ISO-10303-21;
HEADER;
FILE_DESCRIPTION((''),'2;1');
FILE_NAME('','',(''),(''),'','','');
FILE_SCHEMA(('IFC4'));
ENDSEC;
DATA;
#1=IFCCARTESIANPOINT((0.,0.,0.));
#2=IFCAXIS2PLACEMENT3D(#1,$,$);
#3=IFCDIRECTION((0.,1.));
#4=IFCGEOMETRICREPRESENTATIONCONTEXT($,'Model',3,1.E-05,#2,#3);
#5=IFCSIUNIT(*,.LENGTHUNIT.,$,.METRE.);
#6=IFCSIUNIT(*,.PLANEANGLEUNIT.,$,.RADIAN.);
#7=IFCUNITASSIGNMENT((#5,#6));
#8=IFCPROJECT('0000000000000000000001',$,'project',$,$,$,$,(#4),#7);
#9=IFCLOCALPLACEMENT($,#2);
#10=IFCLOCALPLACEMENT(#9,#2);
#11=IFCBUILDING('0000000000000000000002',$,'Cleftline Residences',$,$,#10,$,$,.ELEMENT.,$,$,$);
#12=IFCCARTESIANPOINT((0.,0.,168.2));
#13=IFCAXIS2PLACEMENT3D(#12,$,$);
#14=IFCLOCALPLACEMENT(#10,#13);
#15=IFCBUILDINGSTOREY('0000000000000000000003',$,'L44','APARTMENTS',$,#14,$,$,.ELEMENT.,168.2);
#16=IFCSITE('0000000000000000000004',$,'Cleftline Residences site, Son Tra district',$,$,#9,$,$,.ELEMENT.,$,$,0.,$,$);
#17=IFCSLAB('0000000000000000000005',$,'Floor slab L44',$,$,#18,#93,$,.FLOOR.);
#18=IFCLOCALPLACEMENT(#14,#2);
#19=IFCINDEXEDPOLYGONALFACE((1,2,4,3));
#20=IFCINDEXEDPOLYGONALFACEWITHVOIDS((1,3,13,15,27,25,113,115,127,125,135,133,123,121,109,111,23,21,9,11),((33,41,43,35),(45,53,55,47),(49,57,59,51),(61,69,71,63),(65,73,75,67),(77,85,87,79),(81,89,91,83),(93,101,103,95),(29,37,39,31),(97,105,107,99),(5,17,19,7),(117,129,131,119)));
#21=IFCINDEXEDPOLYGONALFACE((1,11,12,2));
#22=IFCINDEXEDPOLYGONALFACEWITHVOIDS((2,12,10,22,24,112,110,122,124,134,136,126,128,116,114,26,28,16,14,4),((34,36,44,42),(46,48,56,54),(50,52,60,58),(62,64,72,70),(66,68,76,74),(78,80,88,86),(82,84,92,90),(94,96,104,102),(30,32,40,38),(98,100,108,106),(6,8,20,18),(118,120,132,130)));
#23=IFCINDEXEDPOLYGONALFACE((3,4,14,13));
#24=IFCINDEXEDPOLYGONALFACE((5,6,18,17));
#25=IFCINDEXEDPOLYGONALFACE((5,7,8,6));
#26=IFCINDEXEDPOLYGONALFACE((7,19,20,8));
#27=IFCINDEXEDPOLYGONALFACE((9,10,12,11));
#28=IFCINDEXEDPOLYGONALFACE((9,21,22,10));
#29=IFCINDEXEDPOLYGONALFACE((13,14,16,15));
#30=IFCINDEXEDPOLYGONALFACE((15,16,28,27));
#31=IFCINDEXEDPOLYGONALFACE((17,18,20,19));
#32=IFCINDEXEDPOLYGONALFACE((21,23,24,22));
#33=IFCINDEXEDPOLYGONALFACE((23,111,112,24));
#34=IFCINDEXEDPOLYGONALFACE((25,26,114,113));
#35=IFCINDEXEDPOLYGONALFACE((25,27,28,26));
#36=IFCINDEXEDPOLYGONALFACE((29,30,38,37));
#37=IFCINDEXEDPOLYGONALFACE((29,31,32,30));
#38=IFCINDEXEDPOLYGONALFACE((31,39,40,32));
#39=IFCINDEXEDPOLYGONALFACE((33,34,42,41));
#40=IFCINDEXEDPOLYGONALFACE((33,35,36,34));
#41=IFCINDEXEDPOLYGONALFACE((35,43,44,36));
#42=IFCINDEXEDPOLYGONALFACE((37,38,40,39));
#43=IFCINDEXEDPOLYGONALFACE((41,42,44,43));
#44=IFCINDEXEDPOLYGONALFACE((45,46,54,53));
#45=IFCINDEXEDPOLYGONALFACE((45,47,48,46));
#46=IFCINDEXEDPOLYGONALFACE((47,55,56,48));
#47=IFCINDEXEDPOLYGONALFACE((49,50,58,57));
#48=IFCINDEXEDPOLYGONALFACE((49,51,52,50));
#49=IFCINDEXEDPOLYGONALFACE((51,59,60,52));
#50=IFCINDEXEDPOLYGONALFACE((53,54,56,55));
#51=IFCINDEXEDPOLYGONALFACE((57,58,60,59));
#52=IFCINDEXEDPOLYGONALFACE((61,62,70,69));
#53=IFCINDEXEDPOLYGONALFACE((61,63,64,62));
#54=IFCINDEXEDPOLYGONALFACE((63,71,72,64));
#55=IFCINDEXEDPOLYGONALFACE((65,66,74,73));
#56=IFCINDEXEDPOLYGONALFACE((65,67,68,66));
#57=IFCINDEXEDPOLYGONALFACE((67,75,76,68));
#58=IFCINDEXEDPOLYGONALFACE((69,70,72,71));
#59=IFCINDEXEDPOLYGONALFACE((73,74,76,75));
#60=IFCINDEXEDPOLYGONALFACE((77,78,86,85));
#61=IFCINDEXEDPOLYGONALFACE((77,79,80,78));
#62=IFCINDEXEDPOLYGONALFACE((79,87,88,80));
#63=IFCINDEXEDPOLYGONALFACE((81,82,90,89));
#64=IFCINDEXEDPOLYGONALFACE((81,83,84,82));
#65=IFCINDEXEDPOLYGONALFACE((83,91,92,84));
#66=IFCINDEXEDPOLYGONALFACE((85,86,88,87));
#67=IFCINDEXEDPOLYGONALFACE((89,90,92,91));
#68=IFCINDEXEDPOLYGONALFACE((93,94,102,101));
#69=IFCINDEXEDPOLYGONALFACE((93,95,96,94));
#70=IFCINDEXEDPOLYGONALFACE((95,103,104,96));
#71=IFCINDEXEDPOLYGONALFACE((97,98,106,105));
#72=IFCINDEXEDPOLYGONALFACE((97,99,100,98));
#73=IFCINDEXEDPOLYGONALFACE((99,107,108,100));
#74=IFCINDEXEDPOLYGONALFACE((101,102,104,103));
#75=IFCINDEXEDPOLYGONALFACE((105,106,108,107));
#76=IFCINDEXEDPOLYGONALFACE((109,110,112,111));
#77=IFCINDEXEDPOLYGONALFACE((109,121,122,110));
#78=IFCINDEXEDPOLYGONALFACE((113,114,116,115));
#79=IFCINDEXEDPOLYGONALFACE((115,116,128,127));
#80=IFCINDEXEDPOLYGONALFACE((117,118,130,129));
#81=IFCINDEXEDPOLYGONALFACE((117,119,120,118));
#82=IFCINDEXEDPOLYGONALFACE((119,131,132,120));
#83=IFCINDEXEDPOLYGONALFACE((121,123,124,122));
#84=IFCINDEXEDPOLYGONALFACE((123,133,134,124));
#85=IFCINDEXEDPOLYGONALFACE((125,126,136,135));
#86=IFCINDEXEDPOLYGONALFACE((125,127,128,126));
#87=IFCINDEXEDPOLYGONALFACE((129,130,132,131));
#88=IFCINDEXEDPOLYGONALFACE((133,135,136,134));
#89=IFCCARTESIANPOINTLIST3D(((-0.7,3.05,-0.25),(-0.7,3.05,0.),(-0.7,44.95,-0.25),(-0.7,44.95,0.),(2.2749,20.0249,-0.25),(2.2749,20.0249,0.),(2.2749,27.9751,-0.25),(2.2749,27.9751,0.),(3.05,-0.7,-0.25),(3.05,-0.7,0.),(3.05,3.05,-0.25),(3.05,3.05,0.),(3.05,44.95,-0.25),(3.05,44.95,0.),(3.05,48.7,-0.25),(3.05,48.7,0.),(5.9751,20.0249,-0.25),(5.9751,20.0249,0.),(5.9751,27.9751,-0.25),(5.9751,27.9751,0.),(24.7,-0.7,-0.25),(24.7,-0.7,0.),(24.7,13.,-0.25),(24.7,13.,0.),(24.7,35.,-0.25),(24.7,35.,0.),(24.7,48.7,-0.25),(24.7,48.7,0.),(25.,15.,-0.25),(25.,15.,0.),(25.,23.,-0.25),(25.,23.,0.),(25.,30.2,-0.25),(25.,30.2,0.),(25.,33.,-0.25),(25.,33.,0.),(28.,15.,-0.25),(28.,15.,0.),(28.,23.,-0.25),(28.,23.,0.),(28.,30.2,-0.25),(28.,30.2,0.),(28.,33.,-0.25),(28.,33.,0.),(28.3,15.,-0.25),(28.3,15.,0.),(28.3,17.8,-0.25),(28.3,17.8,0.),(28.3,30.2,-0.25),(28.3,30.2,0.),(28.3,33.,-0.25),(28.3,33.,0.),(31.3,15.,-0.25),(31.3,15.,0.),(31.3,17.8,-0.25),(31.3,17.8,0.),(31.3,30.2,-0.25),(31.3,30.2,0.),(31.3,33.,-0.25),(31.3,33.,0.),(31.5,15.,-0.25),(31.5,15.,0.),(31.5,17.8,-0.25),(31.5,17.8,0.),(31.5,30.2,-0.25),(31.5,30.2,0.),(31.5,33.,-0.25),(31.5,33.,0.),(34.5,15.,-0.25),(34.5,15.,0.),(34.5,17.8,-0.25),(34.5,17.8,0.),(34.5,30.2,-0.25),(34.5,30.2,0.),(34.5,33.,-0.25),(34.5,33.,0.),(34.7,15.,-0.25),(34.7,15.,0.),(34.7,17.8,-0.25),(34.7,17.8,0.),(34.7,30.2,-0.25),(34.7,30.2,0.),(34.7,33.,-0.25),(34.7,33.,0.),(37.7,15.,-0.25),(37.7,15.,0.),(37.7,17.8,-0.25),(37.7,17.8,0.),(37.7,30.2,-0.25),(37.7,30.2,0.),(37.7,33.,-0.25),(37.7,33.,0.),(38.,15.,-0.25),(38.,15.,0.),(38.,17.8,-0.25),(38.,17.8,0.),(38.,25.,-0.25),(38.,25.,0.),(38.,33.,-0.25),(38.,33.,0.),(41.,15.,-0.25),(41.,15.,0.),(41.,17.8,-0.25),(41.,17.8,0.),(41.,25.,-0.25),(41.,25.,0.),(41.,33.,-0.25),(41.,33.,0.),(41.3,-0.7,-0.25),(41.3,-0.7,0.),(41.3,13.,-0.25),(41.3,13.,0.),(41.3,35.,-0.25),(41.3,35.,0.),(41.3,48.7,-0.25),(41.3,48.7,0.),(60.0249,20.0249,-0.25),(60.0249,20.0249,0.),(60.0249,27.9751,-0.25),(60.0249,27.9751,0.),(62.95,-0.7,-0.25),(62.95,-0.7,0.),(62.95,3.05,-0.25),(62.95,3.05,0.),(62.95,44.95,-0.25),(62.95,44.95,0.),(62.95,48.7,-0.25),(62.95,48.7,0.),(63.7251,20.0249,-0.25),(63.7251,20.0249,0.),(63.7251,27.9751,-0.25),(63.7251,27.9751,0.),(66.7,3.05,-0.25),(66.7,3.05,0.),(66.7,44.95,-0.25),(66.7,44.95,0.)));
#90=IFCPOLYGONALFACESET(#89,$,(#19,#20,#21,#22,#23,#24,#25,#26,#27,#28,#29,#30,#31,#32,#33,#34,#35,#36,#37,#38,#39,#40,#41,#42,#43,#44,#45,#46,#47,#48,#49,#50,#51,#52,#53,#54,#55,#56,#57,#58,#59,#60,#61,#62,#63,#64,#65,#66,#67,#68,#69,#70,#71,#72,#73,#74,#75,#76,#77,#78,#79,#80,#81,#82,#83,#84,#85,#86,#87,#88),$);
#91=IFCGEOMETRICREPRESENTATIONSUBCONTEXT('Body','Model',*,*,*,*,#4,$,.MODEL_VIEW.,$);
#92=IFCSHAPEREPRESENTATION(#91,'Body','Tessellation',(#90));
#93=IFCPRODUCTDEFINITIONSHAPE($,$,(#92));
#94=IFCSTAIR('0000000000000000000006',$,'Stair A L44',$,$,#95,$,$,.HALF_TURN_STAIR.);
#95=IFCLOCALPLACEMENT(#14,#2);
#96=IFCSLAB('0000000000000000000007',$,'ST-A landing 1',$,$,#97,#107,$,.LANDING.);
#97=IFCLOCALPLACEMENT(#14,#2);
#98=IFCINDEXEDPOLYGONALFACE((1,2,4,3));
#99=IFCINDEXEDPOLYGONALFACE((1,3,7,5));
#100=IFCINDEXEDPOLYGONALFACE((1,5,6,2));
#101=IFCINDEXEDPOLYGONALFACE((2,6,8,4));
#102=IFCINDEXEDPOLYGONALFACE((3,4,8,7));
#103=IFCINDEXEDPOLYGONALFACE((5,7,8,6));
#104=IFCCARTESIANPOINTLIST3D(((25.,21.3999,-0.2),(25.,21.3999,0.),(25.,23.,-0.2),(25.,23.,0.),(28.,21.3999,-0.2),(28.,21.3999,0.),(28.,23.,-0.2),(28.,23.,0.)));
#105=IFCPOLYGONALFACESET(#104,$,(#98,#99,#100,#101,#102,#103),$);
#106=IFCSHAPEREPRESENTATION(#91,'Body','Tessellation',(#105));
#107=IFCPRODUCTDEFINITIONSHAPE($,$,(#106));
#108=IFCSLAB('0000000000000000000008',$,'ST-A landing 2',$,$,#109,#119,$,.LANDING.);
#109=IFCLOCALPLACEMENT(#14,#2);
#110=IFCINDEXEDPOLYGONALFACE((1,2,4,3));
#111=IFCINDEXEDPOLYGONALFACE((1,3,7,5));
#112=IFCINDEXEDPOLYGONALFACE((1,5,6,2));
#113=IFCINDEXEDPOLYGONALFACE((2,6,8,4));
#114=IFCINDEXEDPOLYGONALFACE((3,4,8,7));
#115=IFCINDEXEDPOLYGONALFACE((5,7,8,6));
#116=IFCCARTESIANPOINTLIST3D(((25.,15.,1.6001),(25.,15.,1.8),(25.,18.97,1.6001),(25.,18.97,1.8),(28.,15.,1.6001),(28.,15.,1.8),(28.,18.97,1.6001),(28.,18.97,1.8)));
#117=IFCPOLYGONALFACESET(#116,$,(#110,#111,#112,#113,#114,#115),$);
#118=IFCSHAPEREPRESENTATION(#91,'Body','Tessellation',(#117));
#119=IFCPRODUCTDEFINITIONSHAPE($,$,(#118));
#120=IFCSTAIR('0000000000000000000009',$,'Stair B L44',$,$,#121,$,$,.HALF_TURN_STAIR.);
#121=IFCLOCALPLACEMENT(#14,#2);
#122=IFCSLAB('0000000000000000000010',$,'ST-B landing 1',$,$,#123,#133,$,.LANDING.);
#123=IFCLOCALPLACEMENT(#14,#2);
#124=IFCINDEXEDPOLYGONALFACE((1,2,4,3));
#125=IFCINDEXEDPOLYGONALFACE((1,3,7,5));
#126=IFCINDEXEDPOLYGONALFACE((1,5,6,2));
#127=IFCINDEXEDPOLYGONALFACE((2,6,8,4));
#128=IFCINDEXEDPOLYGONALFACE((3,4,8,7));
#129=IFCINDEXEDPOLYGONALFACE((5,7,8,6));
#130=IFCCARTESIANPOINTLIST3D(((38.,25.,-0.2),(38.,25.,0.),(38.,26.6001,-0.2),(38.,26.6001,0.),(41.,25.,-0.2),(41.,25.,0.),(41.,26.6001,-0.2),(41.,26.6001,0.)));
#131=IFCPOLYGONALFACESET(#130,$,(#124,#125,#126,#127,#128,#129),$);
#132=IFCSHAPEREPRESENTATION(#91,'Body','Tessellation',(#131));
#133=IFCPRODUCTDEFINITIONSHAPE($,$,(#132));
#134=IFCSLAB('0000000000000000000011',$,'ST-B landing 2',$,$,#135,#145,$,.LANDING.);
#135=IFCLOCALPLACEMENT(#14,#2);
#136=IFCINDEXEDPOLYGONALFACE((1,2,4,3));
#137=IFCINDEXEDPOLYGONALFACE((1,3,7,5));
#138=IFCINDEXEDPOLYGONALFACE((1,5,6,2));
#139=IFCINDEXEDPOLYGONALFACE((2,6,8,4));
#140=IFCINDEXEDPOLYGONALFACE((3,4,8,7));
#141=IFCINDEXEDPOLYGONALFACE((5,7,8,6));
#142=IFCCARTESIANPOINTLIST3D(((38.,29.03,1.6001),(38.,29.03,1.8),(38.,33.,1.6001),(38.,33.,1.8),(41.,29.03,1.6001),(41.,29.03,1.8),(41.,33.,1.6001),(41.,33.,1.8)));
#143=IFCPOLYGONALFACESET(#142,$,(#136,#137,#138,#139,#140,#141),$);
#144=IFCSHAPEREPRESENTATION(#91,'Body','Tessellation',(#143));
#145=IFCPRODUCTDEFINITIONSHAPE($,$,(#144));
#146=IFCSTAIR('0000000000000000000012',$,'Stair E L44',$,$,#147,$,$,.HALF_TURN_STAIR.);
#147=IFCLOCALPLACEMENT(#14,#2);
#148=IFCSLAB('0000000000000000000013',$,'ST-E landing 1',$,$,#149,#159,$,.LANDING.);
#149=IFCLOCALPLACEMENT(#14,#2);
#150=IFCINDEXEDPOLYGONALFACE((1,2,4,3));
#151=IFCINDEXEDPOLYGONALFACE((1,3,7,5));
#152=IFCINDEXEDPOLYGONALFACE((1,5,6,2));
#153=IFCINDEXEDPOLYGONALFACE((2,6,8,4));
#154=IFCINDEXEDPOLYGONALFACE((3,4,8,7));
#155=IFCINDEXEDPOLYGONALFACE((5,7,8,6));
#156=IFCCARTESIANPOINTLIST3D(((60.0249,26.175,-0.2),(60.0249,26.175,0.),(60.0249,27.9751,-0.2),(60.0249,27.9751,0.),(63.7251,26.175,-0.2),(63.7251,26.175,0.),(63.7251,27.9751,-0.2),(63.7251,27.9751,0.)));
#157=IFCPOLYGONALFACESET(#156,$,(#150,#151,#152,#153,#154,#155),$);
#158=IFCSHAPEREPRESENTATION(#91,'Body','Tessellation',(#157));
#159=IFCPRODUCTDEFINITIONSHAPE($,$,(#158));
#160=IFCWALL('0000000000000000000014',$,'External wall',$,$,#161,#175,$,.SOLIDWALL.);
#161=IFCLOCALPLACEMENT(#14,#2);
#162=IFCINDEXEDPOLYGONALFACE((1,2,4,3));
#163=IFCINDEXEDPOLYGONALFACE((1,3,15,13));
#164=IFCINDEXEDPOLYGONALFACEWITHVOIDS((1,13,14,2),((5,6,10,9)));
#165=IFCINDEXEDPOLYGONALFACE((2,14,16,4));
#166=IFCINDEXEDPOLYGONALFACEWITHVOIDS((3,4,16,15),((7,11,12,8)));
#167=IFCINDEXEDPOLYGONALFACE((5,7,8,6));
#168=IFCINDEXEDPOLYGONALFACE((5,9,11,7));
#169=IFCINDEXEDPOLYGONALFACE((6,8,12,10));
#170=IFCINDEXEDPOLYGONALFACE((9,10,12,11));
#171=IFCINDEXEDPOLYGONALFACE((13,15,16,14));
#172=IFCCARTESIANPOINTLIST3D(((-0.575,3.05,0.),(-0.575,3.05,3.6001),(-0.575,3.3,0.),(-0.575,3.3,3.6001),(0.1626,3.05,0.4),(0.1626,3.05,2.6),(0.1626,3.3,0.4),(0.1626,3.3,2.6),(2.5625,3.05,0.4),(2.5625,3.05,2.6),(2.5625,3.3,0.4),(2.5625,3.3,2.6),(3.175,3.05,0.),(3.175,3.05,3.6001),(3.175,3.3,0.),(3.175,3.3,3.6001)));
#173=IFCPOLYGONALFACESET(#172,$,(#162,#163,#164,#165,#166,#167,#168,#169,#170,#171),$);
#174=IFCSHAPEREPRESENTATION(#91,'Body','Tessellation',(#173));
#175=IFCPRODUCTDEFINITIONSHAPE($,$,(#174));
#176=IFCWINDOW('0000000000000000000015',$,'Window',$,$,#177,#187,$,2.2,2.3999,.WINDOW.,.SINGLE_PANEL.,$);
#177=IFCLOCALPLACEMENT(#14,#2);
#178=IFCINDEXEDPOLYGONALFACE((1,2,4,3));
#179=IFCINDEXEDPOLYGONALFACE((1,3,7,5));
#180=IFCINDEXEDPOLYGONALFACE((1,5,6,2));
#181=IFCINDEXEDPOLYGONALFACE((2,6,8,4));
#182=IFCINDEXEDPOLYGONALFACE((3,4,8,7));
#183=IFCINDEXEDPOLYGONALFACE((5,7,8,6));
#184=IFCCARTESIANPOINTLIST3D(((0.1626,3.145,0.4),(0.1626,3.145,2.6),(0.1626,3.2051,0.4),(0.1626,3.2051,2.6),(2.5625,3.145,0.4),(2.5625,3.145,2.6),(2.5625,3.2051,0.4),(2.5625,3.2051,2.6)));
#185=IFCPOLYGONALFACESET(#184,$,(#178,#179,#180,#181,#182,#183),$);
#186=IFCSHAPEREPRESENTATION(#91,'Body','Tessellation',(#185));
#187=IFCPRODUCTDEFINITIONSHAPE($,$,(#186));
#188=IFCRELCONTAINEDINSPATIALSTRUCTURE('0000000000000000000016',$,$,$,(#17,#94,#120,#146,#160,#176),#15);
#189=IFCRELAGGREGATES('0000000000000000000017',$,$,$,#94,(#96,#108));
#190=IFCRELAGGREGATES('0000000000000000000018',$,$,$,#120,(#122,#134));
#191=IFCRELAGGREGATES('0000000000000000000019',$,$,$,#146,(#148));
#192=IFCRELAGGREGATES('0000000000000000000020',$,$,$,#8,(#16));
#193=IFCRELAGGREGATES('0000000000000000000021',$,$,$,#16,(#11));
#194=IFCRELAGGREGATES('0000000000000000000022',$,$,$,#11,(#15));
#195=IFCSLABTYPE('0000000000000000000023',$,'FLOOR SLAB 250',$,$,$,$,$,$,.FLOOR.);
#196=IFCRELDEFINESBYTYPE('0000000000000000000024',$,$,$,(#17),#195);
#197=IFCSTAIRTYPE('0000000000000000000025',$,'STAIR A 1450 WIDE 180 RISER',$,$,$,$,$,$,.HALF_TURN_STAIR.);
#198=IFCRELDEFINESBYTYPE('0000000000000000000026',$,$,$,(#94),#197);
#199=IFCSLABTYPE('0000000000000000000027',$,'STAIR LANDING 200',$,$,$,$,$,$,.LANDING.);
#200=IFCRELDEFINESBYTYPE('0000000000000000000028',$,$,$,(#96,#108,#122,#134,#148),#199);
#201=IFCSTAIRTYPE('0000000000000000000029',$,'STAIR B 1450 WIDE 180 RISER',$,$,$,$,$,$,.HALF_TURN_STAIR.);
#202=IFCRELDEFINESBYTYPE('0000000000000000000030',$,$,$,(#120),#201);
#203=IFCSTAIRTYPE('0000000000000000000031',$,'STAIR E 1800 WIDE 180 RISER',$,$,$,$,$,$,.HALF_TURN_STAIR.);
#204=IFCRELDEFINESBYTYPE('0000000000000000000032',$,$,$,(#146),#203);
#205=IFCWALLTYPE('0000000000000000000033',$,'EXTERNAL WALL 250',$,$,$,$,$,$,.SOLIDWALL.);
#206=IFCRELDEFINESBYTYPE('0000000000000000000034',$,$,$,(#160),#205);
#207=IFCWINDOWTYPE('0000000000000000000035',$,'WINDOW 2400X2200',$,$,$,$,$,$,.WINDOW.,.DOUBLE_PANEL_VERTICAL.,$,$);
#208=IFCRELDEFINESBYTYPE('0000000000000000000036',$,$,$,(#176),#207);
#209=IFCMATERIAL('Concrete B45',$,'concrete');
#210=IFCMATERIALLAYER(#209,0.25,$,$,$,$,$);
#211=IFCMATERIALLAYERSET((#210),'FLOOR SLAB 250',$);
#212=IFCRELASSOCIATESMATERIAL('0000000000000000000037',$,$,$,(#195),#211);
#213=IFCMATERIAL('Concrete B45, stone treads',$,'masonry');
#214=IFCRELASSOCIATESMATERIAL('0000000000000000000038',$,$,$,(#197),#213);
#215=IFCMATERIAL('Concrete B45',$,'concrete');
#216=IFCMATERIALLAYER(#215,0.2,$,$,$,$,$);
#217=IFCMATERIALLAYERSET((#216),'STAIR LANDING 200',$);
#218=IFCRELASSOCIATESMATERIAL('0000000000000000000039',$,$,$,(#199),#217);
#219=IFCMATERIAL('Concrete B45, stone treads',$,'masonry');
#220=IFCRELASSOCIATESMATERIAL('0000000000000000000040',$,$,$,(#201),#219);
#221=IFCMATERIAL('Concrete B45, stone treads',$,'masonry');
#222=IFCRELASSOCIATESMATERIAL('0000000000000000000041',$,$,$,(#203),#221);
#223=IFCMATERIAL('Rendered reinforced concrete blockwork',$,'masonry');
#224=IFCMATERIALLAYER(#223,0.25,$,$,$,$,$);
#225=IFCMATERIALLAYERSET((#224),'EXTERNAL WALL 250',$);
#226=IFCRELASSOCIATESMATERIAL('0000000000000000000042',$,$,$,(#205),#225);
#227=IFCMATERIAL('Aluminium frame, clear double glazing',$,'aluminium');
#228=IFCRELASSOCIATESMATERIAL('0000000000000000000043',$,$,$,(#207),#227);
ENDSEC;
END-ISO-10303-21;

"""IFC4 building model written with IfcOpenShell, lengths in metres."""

from ifc_helpers import new_model, si_unit, direction, frame, frame_2d, origin, place, context, subcontext, project, spatial, polyline, rectangle, outline, extrude, material, layer, layer_set, type_object, element, fill, aggregate, save


model = new_model("IFC4")

# Units and contexts
model_context = context("Model", 3, precision=1e-05, world=origin(), true_north=direction((0.0, 1.0)))
body_context = subcontext(model_context, "Body", "Model", "MODEL_VIEW")
ifc_project = project(units=[si_unit("LENGTHUNIT", "METRE"), si_unit("PLANEANGLEUNIT", "RADIAN")], contexts=[model_context])

# Site, building, storey
site_placement = place(None, origin())
site = spatial("IfcSite", under=ifc_project, at=site_placement, Name="Cleftline Residences site, Son Tra district", CompositionType="ELEMENT", RefElevation=0.0)
building_placement = place(site_placement, origin())
building = spatial("IfcBuilding", under=site, at=building_placement, Name="Cleftline Residences", CompositionType="ELEMENT")
storey_placement = place(building_placement, frame((0.0, 0.0, 168.2)))
storey = spatial("IfcBuildingStorey", under=building, at=storey_placement, Name="L44", Description="APARTMENTS", CompositionType="ELEMENT", Elevation=168.2)

# Slab
ifc_material_1 = material(Name="Concrete B45", Category="concrete")
ifc_layer_1 = layer(ifc_material_1, 0.25)
ifc_layer_set_1 = layer_set([ifc_layer_1], Name="FLOOR SLAB 250")
slab_type_1 = type_object("IfcSlabType", Name="FLOOR SLAB 250", PredefinedType="FLOOR", material=ifc_layer_set_1)
slab_1_placement = place(storey_placement, frame((0.0, 0.0, -0.25)))
element("IfcSlab", 1, at=slab_1_placement, inside=storey, type_object=slab_type_1, Name="Floor slab L44", PredefinedType="FLOOR", context=body_context, shape_type="SweptSolid", body=[
    extrude(outline(polyline([(24.7, 13.0), (41.3, 13.0), (41.3, -0.7), (62.95, -0.7), (62.95, 3.05), (66.7, 3.05), (66.7, 44.95), (62.95, 44.95), (62.95, 48.7), (41.3, 48.7), (41.3, 35.0), (24.7, 35.0), (24.7, 48.7), (3.05, 48.7), (3.05, 44.95), (-0.7, 44.95), (-0.7, 3.05), (3.05, 3.05), (3.05, -0.7), (24.7, -0.7), (24.7, 13.0)]), holes=[polyline([(28.0, 15.0), (28.0, 23.0), (25.0, 23.0), (25.0, 15.0), (28.0, 15.0)]), polyline([(41.0, 25.0), (41.0, 33.0), (38.0, 33.0), (38.0, 25.0), (41.0, 25.0)]), polyline([(28.0, 30.2), (28.0, 33.0), (25.0, 33.0), (25.0, 30.2), (28.0, 30.2)]), polyline([(41.0, 15.0), (41.0, 17.8), (38.0, 17.8), (38.0, 15.0), (41.0, 15.0)]), polyline([(31.3, 15.0), (31.3, 17.8), (28.3, 17.8), (28.3, 15.0), (31.3, 15.0)]), polyline([(34.5, 15.0), (34.5, 17.8), (31.5, 17.8), (31.5, 15.0), (34.5, 15.0)]), polyline([(37.7, 15.0), (37.7, 17.8), (34.7, 17.8), (34.7, 15.0), (37.7, 15.0)]), polyline([(31.3, 30.2), (31.3, 33.0), (28.3, 33.0), (28.3, 30.2), (31.3, 30.2)]), polyline([(34.5, 30.2), (34.5, 33.0), (31.5, 33.0), (31.5, 30.2), (34.5, 30.2)]), polyline([(37.7, 30.2), (37.7, 33.0), (34.7, 33.0), (34.7, 30.2), (37.7, 30.2)]), polyline([(63.7251, 20.0249), (63.7251, 27.9751), (60.0249, 27.9751), (60.0249, 20.0249), (63.7251, 20.0249)]), polyline([(5.9751, 20.0249), (5.9751, 27.9751), (2.2749, 27.9751), (2.2749, 20.0249), (5.9751, 20.0249)])]), origin(), (0.0, 0.0, 1.0), 0.25),
])

# Stairs, slabs
ifc_material_2 = material(Name="Concrete B45, stone treads", Category="masonry")
stair_type_1 = type_object("IfcStairType", Name="STAIR A 1450 WIDE 180 RISER", PredefinedType="HALF_TURN_STAIR", material=ifc_material_2)
stair_1_placement = place(storey_placement, origin())
stair_1 = element("IfcStair", 2, at=stair_1_placement, inside=storey, type_object=stair_type_1, Name="Stair A L44", PredefinedType="HALF_TURN_STAIR")
ifc_material_3 = material(Name="Concrete B45", Category="concrete")
ifc_layer_2 = layer(ifc_material_3, 0.2)
ifc_layer_set_2 = layer_set([ifc_layer_2], Name="STAIR LANDING 200")
slab_type_2 = type_object("IfcSlabType", Name="STAIR LANDING 200", PredefinedType="LANDING", material=ifc_layer_set_2)
slab_2_placement = place(storey_placement, frame((0.0, 0.0, -0.2)))
slab_2 = element("IfcSlab", 3, at=slab_2_placement, type_object=slab_type_2, Name="ST-A landing 1", PredefinedType="LANDING", context=body_context, shape_type="SweptSolid", body=[
    extrude(outline(polyline([(25.0, 21.3999), (28.0, 21.3999), (28.0, 23.0), (25.0, 23.0), (25.0, 21.3999)])), origin(), (0.0, 0.0, 1.0), 0.2),
])
slab_3_placement = place(storey_placement, frame((0.0, 0.0, 1.6001)))
slab_3 = element("IfcSlab", 4, at=slab_3_placement, type_object=slab_type_2, Name="ST-A landing 2", PredefinedType="LANDING", context=body_context, shape_type="SweptSolid", body=[
    extrude(outline(polyline([(25.0, 15.0), (28.0, 15.0), (28.0, 18.97), (25.0, 18.97), (25.0, 15.0)])), origin(), (0.0, 0.0, 1.0), 0.2),
])
aggregate(stair_1, [slab_2, slab_3])
ifc_material_4 = material(Name="Concrete B45, stone treads", Category="masonry")
stair_type_2 = type_object("IfcStairType", Name="STAIR B 1450 WIDE 180 RISER", PredefinedType="HALF_TURN_STAIR", material=ifc_material_4)
stair_2_placement = place(storey_placement, origin())
stair_2 = element("IfcStair", 5, at=stair_2_placement, inside=storey, type_object=stair_type_2, Name="Stair B L44", PredefinedType="HALF_TURN_STAIR")
slab_4_placement = place(storey_placement, frame((0.0, 0.0, -0.2)))
slab_4 = element("IfcSlab", 6, at=slab_4_placement, type_object=slab_type_2, Name="ST-B landing 1", PredefinedType="LANDING", context=body_context, shape_type="SweptSolid", body=[
    extrude(outline(polyline([(38.0, 25.0), (41.0, 25.0), (41.0, 26.6001), (38.0, 26.6001), (38.0, 25.0)])), origin(), (0.0, 0.0, 1.0), 0.2),
])
slab_5_placement = place(storey_placement, frame((0.0, 0.0, 1.6001)))
slab_5 = element("IfcSlab", 7, at=slab_5_placement, type_object=slab_type_2, Name="ST-B landing 2", PredefinedType="LANDING", context=body_context, shape_type="SweptSolid", body=[
    extrude(outline(polyline([(38.0, 29.03), (41.0, 29.03), (41.0, 33.0), (38.0, 33.0), (38.0, 29.03)])), origin(), (0.0, 0.0, 1.0), 0.2),
])
aggregate(stair_2, [slab_4, slab_5])

# Stair, slab
ifc_material_5 = material(Name="Concrete B45, stone treads", Category="masonry")
stair_type_3 = type_object("IfcStairType", Name="STAIR E 1800 WIDE 180 RISER", PredefinedType="HALF_TURN_STAIR", material=ifc_material_5)
stair_3_placement = place(storey_placement, origin())
stair_3 = element("IfcStair", 8, at=stair_3_placement, inside=storey, type_object=stair_type_3, Name="Stair E L44", PredefinedType="HALF_TURN_STAIR")
slab_6_placement = place(storey_placement, frame((0.0, 0.0, -0.2)))
slab_6 = element("IfcSlab", 9, at=slab_6_placement, type_object=slab_type_2, Name="ST-E landing 1", PredefinedType="LANDING", context=body_context, shape_type="SweptSolid", body=[
    extrude(outline(polyline([(60.0249, 26.175), (63.7251, 26.175), (63.7251, 27.9751), (60.0249, 27.9751), (60.0249, 26.175)])), origin(), (0.0, 0.0, 1.0), 0.2),
])
aggregate(stair_3, [slab_6])

# Wall, opening, window
ifc_material_6 = material(Name="Rendered reinforced concrete blockwork", Category="masonry")
ifc_layer_3 = layer(ifc_material_6, 0.25)
ifc_layer_set_3 = layer_set([ifc_layer_3], Name="EXTERNAL WALL 250")
wall_type = type_object("IfcWallType", Name="EXTERNAL WALL 250", PredefinedType="SOLIDWALL", material=ifc_layer_set_3)
wall_placement = place(storey_placement, frame((-0.575, 3.175, 0.0), z_axis=(0.0, 0.0, 1.0), x_axis=(1.0, 0.0, 0.0)))
wall = element("IfcWall", 10, at=wall_placement, inside=storey, type_object=wall_type, Name="External wall", PredefinedType="SOLIDWALL", context=body_context, shape_type="SweptSolid", body=[
    extrude(rectangle(XDim=3.75, YDim=0.25, at=frame_2d((1.875, 0.0))), origin(), (0.0, 0.0, 1.0), 3.6001),
])
opening_placement = place(wall_placement, frame((0.7375, 0.0, 0.3999)))
opening = element("IfcOpeningElement", 11, at=opening_placement, cuts=wall, PredefinedType="OPENING", context=body_context, shape_type="SweptSolid", body=[
    extrude(rectangle(XDim=2.3999, YDim=2.2, at=frame_2d((1.2, 1.1001))), frame((0.0, 0.135, 0.0), z_axis=(0.0, -1.0, 0.0), x_axis=(1.0, 0.0, 0.0)), (0.0, 0.0, 1.0), 0.27),
])
ifc_material_7 = material(Name="Aluminium frame, clear double glazing", Category="aluminium")
window_type = type_object("IfcWindowType", Name="WINDOW 2400X2200", PartitioningType="DOUBLE_PANEL_VERTICAL", PredefinedType="WINDOW", material=ifc_material_7)
window_placement = place(opening_placement, origin())
window = element("IfcWindow", 12, at=window_placement, inside=storey, type_object=window_type, Name="Window", OverallHeight=2.2, OverallWidth=2.3999, PartitioningType="SINGLE_PANEL", PredefinedType="WINDOW", context=body_context, shape_type="SweptSolid", body=[
    extrude(rectangle(XDim=2.3999, YDim=2.2, at=frame_2d((1.2, 1.1001))), frame((0.0, 0.03, 0.0), z_axis=(0.0, -1.0, 0.0), x_axis=(1.0, 0.0, 0.0)), (0.0, 0.0, 1.0), 0.0601),
])
fill(opening, window)

save(model, "model.ifc")
